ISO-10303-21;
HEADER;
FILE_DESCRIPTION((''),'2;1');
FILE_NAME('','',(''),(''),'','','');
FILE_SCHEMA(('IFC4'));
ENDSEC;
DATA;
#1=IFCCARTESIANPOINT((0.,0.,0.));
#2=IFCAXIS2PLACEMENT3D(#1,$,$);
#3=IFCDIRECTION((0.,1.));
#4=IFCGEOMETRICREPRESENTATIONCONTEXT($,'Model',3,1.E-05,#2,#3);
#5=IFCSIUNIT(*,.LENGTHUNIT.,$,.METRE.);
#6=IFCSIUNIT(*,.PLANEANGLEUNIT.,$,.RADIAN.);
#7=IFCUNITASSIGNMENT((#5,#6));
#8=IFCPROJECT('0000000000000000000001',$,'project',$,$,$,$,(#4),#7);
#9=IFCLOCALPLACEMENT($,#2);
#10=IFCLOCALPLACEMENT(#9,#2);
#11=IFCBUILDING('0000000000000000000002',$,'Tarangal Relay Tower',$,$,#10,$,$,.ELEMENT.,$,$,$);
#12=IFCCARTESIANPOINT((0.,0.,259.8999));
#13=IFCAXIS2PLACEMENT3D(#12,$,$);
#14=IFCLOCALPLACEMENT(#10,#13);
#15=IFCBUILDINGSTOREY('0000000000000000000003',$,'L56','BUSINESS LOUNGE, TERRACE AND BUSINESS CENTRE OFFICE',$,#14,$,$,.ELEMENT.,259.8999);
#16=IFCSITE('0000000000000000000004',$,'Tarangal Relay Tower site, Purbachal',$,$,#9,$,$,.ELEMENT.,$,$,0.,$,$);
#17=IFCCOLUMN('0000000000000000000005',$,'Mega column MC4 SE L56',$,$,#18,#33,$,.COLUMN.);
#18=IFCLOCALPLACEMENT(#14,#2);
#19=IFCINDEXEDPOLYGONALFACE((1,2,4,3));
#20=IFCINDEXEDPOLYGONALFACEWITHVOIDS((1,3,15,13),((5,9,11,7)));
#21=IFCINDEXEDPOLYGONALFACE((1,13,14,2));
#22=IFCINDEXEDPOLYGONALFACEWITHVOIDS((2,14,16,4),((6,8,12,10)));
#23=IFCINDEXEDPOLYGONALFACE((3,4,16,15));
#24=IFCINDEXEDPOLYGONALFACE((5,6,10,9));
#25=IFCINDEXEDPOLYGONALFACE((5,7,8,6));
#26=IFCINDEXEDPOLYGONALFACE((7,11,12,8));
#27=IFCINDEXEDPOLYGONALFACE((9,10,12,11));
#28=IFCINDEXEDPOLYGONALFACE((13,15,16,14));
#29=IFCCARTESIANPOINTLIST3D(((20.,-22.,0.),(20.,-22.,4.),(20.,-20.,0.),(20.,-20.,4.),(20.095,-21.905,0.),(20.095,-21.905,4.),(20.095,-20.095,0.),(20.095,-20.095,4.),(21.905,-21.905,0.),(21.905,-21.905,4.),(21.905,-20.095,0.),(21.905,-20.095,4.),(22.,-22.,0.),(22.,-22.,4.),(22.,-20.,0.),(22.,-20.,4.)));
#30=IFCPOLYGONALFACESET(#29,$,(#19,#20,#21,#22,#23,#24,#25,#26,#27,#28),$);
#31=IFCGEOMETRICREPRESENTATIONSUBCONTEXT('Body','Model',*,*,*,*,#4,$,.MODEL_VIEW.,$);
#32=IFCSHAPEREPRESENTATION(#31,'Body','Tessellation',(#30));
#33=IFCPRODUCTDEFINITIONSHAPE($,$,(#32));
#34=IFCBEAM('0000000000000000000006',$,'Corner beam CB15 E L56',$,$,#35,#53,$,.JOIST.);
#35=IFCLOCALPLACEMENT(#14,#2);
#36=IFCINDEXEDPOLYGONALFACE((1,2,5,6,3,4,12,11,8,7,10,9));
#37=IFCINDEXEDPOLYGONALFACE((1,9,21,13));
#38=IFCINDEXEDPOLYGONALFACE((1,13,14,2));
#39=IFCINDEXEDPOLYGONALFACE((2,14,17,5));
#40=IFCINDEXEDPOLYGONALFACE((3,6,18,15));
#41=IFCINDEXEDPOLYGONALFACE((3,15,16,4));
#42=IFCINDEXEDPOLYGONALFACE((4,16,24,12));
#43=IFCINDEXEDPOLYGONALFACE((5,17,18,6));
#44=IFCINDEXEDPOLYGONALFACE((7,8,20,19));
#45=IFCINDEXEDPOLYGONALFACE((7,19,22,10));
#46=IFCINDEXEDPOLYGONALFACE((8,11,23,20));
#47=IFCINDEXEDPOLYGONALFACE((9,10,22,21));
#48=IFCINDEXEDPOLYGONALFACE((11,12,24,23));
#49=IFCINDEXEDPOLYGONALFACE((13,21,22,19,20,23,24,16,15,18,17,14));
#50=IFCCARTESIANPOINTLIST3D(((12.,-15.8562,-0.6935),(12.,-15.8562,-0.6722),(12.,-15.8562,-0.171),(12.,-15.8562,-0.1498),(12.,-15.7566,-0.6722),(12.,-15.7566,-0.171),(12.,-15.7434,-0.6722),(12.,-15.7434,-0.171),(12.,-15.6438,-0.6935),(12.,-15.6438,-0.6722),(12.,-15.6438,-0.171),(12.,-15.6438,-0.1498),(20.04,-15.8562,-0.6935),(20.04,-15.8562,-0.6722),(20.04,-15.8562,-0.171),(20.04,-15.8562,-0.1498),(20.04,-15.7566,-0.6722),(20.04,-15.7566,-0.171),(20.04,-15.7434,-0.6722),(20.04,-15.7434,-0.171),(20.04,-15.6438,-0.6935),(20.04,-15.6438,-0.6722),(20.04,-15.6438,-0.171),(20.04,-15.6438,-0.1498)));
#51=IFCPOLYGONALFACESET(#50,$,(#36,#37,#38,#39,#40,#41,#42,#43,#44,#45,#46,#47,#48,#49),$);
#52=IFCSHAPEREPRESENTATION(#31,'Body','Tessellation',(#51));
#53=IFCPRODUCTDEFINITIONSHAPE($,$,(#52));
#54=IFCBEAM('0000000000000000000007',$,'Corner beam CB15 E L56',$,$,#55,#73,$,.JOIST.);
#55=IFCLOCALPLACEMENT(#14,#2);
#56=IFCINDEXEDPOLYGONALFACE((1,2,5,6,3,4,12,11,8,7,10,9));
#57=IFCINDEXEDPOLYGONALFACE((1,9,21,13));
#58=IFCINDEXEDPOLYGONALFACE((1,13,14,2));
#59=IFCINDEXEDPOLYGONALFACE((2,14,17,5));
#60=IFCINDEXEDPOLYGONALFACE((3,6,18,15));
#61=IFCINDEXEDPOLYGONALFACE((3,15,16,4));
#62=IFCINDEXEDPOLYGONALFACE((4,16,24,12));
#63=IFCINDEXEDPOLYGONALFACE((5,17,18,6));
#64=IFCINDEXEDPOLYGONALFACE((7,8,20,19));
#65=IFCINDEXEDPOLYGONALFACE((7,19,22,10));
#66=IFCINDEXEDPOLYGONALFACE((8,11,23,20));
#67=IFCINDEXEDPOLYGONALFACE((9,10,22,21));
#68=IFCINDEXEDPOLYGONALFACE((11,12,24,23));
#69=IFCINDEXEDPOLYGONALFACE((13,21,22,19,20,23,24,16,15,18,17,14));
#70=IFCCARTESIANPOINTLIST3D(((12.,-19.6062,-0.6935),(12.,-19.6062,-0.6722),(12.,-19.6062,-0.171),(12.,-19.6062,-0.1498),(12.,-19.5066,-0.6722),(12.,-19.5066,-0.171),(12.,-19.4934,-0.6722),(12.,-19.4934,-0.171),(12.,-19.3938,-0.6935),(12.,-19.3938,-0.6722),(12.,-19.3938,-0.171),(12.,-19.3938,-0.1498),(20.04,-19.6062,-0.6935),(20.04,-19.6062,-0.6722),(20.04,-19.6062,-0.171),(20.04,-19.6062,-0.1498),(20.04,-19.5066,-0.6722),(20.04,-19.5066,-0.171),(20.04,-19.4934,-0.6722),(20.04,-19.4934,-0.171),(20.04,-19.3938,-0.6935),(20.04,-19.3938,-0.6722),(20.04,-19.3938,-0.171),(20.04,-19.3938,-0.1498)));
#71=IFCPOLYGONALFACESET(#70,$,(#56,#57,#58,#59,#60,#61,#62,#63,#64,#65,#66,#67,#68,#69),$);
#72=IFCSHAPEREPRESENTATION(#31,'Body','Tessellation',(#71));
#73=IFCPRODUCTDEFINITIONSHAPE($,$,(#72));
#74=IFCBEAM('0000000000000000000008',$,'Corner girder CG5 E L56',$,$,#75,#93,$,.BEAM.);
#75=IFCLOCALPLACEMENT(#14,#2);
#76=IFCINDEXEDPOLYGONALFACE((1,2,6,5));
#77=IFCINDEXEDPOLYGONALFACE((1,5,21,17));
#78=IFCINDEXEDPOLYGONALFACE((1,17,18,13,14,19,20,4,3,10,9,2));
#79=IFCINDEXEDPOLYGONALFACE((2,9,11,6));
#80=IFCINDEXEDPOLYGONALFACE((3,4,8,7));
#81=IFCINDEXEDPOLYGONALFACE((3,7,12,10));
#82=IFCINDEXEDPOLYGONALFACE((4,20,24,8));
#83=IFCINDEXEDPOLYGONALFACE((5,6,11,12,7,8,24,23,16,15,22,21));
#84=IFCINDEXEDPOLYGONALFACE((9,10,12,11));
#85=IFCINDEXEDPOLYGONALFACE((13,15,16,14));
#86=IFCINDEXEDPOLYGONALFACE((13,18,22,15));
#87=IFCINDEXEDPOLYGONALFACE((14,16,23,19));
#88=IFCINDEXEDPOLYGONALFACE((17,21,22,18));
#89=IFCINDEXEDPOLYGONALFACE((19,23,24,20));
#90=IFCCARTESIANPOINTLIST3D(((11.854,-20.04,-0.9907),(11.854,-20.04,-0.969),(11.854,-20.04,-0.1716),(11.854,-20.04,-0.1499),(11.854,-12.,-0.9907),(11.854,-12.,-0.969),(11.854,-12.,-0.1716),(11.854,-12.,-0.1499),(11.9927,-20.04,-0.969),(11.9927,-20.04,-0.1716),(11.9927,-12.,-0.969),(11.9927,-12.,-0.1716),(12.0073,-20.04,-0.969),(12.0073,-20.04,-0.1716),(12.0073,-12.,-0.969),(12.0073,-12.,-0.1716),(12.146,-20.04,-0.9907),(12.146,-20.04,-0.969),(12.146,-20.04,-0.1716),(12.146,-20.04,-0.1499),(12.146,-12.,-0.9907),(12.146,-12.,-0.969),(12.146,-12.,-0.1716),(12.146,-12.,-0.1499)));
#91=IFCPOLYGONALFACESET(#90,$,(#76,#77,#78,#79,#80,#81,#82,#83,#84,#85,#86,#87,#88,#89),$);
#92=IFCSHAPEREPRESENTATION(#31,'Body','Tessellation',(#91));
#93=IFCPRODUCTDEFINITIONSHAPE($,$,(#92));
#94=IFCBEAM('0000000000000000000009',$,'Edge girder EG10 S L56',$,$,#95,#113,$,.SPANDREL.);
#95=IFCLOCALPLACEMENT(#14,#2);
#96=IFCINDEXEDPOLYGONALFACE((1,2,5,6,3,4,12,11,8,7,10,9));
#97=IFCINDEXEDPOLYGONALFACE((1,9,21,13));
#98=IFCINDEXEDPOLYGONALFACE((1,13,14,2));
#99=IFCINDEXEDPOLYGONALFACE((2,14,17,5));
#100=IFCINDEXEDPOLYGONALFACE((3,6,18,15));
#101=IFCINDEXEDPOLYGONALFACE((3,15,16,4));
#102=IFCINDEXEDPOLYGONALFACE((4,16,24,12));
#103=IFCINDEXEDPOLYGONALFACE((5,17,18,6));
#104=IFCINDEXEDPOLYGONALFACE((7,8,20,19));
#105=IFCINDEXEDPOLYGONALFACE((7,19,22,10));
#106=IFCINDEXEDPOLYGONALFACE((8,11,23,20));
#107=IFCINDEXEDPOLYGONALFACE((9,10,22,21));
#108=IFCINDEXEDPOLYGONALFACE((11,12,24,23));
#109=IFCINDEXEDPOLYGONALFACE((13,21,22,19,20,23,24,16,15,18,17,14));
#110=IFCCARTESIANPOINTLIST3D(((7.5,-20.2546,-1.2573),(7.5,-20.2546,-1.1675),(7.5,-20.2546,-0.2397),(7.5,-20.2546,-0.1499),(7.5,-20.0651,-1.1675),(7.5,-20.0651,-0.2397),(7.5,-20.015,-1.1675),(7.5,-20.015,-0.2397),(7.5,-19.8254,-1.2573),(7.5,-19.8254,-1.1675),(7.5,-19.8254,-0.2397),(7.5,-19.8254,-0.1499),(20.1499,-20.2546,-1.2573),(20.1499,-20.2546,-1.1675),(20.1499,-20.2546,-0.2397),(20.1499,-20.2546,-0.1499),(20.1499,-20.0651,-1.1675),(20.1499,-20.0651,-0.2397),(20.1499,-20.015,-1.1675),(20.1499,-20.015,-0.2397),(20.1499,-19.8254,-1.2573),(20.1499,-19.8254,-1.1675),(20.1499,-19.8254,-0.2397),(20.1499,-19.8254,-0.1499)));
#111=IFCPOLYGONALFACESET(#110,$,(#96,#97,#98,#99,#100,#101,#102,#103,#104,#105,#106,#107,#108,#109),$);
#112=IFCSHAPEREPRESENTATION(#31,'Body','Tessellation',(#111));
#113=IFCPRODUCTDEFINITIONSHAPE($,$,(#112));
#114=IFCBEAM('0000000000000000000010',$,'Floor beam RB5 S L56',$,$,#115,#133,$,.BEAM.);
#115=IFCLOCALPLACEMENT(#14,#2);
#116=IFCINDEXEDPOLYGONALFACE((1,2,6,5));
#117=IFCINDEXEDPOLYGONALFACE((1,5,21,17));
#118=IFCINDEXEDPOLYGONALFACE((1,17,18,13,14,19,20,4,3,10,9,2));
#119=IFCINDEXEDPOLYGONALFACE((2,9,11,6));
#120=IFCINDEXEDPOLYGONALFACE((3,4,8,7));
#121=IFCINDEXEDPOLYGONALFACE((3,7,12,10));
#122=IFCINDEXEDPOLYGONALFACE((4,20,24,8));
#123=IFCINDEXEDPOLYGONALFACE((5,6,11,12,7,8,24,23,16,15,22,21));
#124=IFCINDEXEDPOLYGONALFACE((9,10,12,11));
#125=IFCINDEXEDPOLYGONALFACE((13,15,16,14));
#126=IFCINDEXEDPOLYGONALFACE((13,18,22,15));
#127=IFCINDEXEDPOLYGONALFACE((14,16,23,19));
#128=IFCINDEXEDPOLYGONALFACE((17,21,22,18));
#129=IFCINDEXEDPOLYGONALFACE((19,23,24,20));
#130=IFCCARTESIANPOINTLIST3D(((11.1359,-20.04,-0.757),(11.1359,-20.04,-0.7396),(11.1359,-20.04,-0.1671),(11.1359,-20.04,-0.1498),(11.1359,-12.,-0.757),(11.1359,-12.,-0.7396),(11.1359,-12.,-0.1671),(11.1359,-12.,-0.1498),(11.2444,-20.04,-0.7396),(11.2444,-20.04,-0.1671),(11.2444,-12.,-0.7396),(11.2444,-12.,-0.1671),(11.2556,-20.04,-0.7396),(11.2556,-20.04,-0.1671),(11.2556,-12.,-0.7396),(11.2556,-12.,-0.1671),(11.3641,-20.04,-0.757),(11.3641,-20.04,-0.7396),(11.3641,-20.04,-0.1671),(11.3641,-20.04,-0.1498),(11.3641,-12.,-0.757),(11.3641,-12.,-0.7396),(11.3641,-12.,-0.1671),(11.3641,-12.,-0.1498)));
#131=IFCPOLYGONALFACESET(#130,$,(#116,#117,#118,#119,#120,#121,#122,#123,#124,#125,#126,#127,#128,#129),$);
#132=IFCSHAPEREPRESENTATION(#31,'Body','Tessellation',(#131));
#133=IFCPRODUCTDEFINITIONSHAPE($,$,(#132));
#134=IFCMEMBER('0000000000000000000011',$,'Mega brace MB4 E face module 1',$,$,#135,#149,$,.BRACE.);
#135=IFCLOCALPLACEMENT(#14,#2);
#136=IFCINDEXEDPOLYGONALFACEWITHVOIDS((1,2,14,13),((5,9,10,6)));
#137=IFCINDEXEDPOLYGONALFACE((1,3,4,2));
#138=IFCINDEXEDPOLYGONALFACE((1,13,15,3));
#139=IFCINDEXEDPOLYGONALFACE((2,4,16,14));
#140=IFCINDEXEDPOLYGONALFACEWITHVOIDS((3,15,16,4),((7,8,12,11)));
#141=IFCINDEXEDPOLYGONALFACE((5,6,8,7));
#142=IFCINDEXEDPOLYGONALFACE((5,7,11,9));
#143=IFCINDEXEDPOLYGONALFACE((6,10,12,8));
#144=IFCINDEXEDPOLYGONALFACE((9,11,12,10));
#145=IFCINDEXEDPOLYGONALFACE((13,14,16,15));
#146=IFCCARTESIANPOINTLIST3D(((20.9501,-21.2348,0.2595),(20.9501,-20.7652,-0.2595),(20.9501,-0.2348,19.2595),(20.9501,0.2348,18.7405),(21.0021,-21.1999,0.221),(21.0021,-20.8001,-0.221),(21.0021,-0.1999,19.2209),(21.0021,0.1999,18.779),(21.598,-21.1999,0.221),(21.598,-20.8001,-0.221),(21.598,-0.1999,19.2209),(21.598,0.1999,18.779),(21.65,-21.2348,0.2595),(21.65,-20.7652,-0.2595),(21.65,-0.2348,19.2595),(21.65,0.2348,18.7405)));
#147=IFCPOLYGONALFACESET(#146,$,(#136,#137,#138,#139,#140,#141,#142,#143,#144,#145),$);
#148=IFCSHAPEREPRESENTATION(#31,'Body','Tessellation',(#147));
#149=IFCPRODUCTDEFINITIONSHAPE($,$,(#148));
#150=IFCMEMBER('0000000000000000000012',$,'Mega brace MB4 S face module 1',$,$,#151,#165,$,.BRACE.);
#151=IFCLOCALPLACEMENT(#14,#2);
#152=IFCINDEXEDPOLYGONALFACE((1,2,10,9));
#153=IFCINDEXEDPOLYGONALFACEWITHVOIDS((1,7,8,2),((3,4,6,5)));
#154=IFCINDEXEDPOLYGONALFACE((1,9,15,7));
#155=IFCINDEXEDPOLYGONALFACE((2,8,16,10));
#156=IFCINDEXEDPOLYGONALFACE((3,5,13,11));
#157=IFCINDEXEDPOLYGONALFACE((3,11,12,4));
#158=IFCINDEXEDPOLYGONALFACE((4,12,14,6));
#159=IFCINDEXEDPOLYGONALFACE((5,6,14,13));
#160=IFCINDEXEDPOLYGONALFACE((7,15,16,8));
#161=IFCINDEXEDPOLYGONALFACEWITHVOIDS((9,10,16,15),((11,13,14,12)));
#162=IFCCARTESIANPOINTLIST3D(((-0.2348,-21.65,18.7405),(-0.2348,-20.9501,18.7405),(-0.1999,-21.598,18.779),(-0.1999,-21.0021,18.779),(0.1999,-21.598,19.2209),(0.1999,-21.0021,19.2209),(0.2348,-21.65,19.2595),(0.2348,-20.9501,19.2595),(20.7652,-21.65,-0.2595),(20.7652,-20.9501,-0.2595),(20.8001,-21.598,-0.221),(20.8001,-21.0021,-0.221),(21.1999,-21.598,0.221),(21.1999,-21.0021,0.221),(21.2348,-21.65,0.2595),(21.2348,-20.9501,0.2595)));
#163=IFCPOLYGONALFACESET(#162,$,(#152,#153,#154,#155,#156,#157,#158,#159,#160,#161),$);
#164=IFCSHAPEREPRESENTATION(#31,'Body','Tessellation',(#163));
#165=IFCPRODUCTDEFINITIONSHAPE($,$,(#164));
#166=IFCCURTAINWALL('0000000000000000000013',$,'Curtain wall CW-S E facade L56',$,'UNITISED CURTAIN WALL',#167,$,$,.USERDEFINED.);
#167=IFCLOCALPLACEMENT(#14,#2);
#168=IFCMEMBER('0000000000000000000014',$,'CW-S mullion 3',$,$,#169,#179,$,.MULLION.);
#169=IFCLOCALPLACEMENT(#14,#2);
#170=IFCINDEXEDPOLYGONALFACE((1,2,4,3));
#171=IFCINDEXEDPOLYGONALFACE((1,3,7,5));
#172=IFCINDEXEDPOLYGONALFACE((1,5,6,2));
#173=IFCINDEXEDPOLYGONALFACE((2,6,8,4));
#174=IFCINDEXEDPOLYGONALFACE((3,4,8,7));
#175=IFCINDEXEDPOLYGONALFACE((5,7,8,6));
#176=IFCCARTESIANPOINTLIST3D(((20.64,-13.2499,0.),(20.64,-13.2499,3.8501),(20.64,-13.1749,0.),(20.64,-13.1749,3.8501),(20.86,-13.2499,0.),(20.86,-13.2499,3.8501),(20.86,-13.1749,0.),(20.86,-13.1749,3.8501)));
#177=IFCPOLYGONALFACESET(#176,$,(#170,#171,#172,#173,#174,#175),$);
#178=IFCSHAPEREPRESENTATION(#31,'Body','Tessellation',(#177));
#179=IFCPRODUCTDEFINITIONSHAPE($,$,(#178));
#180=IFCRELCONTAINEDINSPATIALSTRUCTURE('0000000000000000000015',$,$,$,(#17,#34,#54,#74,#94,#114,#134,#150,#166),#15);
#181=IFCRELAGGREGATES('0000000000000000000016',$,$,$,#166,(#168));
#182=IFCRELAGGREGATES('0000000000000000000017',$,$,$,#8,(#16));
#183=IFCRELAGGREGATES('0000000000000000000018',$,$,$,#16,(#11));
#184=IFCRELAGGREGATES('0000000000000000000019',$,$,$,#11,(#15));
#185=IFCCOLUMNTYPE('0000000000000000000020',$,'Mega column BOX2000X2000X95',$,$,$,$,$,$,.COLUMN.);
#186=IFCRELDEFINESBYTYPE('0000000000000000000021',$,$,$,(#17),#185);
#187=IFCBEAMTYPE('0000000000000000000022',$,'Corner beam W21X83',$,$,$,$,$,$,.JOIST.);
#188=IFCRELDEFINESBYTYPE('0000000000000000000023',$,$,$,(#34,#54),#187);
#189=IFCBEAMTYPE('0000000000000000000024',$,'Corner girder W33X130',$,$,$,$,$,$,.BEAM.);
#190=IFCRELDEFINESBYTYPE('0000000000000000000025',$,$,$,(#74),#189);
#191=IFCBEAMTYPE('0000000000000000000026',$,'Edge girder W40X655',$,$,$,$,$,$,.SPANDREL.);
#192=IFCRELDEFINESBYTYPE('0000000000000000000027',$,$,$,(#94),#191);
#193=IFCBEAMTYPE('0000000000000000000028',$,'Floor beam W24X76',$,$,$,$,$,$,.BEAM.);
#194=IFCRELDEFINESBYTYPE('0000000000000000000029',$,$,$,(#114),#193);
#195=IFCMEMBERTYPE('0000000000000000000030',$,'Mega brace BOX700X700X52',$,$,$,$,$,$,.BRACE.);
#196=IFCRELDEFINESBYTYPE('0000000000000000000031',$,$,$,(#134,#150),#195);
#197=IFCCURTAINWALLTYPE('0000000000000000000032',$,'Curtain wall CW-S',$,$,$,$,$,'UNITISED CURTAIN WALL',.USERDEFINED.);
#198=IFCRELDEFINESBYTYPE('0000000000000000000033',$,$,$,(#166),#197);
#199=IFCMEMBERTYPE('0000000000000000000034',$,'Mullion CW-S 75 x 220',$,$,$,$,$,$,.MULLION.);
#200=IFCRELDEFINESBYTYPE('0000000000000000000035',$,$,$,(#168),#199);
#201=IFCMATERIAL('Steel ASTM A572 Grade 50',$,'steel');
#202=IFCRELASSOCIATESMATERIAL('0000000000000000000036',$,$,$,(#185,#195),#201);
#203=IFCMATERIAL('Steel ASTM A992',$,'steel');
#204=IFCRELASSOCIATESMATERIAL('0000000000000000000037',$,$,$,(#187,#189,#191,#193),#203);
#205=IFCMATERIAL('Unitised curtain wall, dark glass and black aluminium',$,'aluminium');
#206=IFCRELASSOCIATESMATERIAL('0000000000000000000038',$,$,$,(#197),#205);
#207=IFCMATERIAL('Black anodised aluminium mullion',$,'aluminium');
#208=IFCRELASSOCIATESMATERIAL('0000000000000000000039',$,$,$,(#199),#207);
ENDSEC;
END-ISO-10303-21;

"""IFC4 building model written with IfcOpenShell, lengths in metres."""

from ifc_helpers import new_model, si_unit, direction, frame, origin, origin_2d, place, context, subcontext, project, spatial, rectangle, hollow_rectangle, i_section, extrude, material, material_profile, profile_set, type_object, element, aggregate, save


model = new_model("IFC4")

# Units and contexts
model_context = context("Model", 3, precision=1e-05, world=origin(), true_north=direction((0.0, 1.0)))
body_context = subcontext(model_context, "Body", "Model", "MODEL_VIEW")
ifc_project = project(units=[si_unit("LENGTHUNIT", "METRE"), si_unit("PLANEANGLEUNIT", "RADIAN")], contexts=[model_context])

# Site, building, storey
site_placement = place(None, origin())
site = spatial("IfcSite", under=ifc_project, at=site_placement, Name="Tarangal Relay Tower site, Purbachal", CompositionType="ELEMENT", RefElevation=0.0)
building_placement = place(site_placement, origin())
building = spatial("IfcBuilding", under=site, at=building_placement, Name="Tarangal Relay Tower", CompositionType="ELEMENT")
storey_placement = place(building_placement, frame((0.0, 0.0, 259.8999)))
storey = spatial("IfcBuildingStorey", under=building, at=storey_placement, Name="L56", Description="BUSINESS LOUNGE, TERRACE AND BUSINESS CENTRE OFFICE", CompositionType="ELEMENT", Elevation=259.8999)

# Column
ifc_material_1 = material(Name="Steel ASTM A572 Grade 50", Category="steel")
ifc_material_profile_1 = material_profile(ifc_material_1, hollow_rectangle(XDim=2.0, YDim=2.0, WallThickness=0.095, at=origin_2d()), Name="BOX2000X2000X95")
ifc_profile_set_1 = profile_set([ifc_material_profile_1], Name="Steel ASTM A572 Grade 50")
column_type = type_object("IfcColumnType", Name="Mega column BOX2000X2000X95", PredefinedType="COLUMN", material=ifc_profile_set_1)
column_placement = place(storey_placement, frame((21.0, -21.0, 0.0), z_axis=(0.0, 0.0, 1.0), x_axis=(1.0, 0.0, 0.0)))
element("IfcColumn", 1, at=column_placement, inside=storey, type_object=column_type, Name="Mega column MC4 SE L56", PredefinedType="COLUMN", context=body_context, shape_type="SweptSolid", body=[
    extrude(hollow_rectangle(XDim=2.0, YDim=2.0, WallThickness=0.095, at=origin_2d()), origin(), (0.0, 0.0, 1.0), 4.0),
])

# Beams
ifc_material_2 = material(Name="Steel ASTM A992", Category="steel")
ifc_material_profile_2 = material_profile(ifc_material_2, i_section(OverallWidth=0.2124, OverallDepth=0.5437, WebThickness=0.0132, FlangeThickness=0.0212, at=origin_2d()), Name="W21X83")
ifc_profile_set_2 = profile_set([ifc_material_profile_2], Name="Steel ASTM A992")
beam_type_1 = type_object("IfcBeamType", Name="Corner beam W21X83", PredefinedType="JOIST", material=ifc_profile_set_2)
for number, where, z_axis, x_axis, name in (
    (2, (12.0, -15.75, -0.4216), (1.0, 0.0, 0.0), (0.0, 1.0, 0.0), "Corner beam CB15 E L56"),
    (3, (12.0, -19.5, -0.4216), (1.0, 0.0, 0.0), (0.0, 1.0, 0.0), "Corner beam CB15 E L56"),
):
    element("IfcBeam", number, at=place(storey_placement, frame(where, z_axis=z_axis, x_axis=x_axis)), inside=storey, type_object=beam_type_1, Name=name, PredefinedType="JOIST", context=body_context, shape_type="SweptSolid", body=[
        extrude(i_section(OverallWidth=0.2124, OverallDepth=0.5437, WebThickness=0.0132, FlangeThickness=0.0212, at=origin_2d()), origin(), (0.0, 0.0, 1.0), 8.04),
    ])
ifc_material_profile_3 = material_profile(ifc_material_2, i_section(OverallWidth=0.292, OverallDepth=0.8408, WebThickness=0.0146, FlangeThickness=0.0217, at=origin_2d()), Name="W33X130")
ifc_profile_set_3 = profile_set([ifc_material_profile_3], Name="Steel ASTM A992")
beam_type_2 = type_object("IfcBeamType", Name="Corner girder W33X130", PredefinedType="BEAM", material=ifc_profile_set_3)
beam_1_placement = place(storey_placement, frame((12.0, -12.0, -0.5703), z_axis=(0.0, -1.0, 0.0), x_axis=(1.0, 0.0, 0.0)))
element("IfcBeam", 4, at=beam_1_placement, inside=storey, type_object=beam_type_2, Name="Corner girder CG5 E L56", PredefinedType="BEAM", context=body_context, shape_type="SweptSolid", body=[
    extrude(i_section(OverallWidth=0.292, OverallDepth=0.8408, WebThickness=0.0146, FlangeThickness=0.0217, at=origin_2d()), origin(), (0.0, 0.0, 1.0), 8.04),
])
ifc_material_profile_4 = material_profile(ifc_material_2, i_section(OverallWidth=0.4292, OverallDepth=1.1074, WebThickness=0.05, FlangeThickness=0.0898, at=origin_2d()), Name="W40X655")
ifc_profile_set_4 = profile_set([ifc_material_profile_4], Name="Steel ASTM A992")
beam_type_3 = type_object("IfcBeamType", Name="Edge girder W40X655", PredefinedType="SPANDREL", material=ifc_profile_set_4)
beam_2_placement = place(storey_placement, frame((20.1499, -20.04, -0.7036), z_axis=(-1.0, 0.0, 0.0), x_axis=(0.0, -1.0, 0.0)))
element("IfcBeam", 5, at=beam_2_placement, inside=storey, type_object=beam_type_3, Name="Edge girder EG10 S L56", PredefinedType="SPANDREL", context=body_context, shape_type="SweptSolid", body=[
    extrude(i_section(OverallWidth=0.4292, OverallDepth=1.1074, WebThickness=0.05, FlangeThickness=0.0898, at=origin_2d()), origin(), (0.0, 0.0, 1.0), 12.6499),
])
ifc_material_profile_5 = material_profile(ifc_material_2, i_section(OverallWidth=0.2283, OverallDepth=0.6072, WebThickness=0.0112, FlangeThickness=0.0173, at=origin_2d()), Name="W24X76")
ifc_profile_set_5 = profile_set([ifc_material_profile_5], Name="Steel ASTM A992")
beam_type_4 = type_object("IfcBeamType", Name="Floor beam W24X76", PredefinedType="BEAM", material=ifc_profile_set_5)
beam_3_placement = place(storey_placement, frame((11.25, -12.0, -0.4534), z_axis=(0.0, -1.0, 0.0), x_axis=(1.0, 0.0, 0.0)))
element("IfcBeam", 6, at=beam_3_placement, inside=storey, type_object=beam_type_4, Name="Floor beam RB5 S L56", PredefinedType="BEAM", context=body_context, shape_type="SweptSolid", body=[
    extrude(i_section(OverallWidth=0.2283, OverallDepth=0.6072, WebThickness=0.0112, FlangeThickness=0.0173, at=origin_2d()), origin(), (0.0, 0.0, 1.0), 8.04),
])

# Members
ifc_material_profile_6 = material_profile(ifc_material_1, hollow_rectangle(XDim=0.7, YDim=0.7, WallThickness=0.052, at=origin_2d()), Name="BOX700X700X52")
ifc_profile_set_6 = profile_set([ifc_material_profile_6], Name="Steel ASTM A572 Grade 50")
member_type_1 = type_object("IfcMemberType", Name="Mega brace BOX700X700X52", PredefinedType="BRACE", material=ifc_profile_set_6)
for number, where, z_axis, x_axis, name in (
    (7, (21.3, -21.0, 0.0), (0.0, 0.741536, 0.670913), (-1.0, 0.0, 0.0), "Mega brace MB4 E face module 1"),
    (8, (21.0, -21.3, 0.0), (-0.741536, 0.0, 0.670913), (0.0, -1.0, 0.0), "Mega brace MB4 S face module 1"),
):
    element("IfcMember", number, at=place(storey_placement, frame(where, z_axis=z_axis, x_axis=x_axis)), inside=storey, type_object=member_type_1, Name=name, PredefinedType="BRACE", context=body_context, shape_type="SweptSolid", body=[
        extrude(hollow_rectangle(XDim=0.7, YDim=0.7, WallThickness=0.052, at=origin_2d()), origin(), (0.0, 0.0, 1.0), 28.3196),
    ])

# Curtain wall, member
ifc_material_3 = material(Name="Unitised curtain wall, dark glass and black aluminium", Category="aluminium")
curtain_wall_type = type_object("IfcCurtainWallType", Name="Curtain wall CW-S", ElementType="UNITISED CURTAIN WALL", PredefinedType="USERDEFINED", material=ifc_material_3)
curtain_wall_1_placement = place(storey_placement, origin())
curtain_wall_1 = element("IfcCurtainWall", 9, at=curtain_wall_1_placement, inside=storey, type_object=curtain_wall_type, Name="Curtain wall CW-S E facade L56", ObjectType="UNITISED CURTAIN WALL", PredefinedType="USERDEFINED")
ifc_material_4 = material(Name="Black anodised aluminium mullion", Category="aluminium")
ifc_material_profile_7 = material_profile(ifc_material_4, rectangle(XDim=0.22, YDim=0.075, at=origin_2d()), Name="CW-SM 75X220")
ifc_profile_set_7 = profile_set([ifc_material_profile_7], Name="Black anodised aluminium mullion")
member_type_2 = type_object("IfcMemberType", Name="Mullion CW-S 75 x 220", PredefinedType="MULLION", material=ifc_profile_set_7)
member_1_placement = place(storey_placement, frame((20.75, -13.2124, 0.0), z_axis=(0.0, 0.0, 1.0), x_axis=(1.0, 0.0, 0.0)))
member_1 = element("IfcMember", 10, at=member_1_placement, type_object=member_type_2, Name="CW-S mullion 3", PredefinedType="MULLION", context=body_context, shape_type="SweptSolid", body=[
    extrude(rectangle(XDim=0.22, YDim=0.075, at=origin_2d()), origin(), (0.0, 0.0, 1.0), 3.8501),
])

aggregate(curtain_wall_1, [member_1])

save(model, "model.ifc")
